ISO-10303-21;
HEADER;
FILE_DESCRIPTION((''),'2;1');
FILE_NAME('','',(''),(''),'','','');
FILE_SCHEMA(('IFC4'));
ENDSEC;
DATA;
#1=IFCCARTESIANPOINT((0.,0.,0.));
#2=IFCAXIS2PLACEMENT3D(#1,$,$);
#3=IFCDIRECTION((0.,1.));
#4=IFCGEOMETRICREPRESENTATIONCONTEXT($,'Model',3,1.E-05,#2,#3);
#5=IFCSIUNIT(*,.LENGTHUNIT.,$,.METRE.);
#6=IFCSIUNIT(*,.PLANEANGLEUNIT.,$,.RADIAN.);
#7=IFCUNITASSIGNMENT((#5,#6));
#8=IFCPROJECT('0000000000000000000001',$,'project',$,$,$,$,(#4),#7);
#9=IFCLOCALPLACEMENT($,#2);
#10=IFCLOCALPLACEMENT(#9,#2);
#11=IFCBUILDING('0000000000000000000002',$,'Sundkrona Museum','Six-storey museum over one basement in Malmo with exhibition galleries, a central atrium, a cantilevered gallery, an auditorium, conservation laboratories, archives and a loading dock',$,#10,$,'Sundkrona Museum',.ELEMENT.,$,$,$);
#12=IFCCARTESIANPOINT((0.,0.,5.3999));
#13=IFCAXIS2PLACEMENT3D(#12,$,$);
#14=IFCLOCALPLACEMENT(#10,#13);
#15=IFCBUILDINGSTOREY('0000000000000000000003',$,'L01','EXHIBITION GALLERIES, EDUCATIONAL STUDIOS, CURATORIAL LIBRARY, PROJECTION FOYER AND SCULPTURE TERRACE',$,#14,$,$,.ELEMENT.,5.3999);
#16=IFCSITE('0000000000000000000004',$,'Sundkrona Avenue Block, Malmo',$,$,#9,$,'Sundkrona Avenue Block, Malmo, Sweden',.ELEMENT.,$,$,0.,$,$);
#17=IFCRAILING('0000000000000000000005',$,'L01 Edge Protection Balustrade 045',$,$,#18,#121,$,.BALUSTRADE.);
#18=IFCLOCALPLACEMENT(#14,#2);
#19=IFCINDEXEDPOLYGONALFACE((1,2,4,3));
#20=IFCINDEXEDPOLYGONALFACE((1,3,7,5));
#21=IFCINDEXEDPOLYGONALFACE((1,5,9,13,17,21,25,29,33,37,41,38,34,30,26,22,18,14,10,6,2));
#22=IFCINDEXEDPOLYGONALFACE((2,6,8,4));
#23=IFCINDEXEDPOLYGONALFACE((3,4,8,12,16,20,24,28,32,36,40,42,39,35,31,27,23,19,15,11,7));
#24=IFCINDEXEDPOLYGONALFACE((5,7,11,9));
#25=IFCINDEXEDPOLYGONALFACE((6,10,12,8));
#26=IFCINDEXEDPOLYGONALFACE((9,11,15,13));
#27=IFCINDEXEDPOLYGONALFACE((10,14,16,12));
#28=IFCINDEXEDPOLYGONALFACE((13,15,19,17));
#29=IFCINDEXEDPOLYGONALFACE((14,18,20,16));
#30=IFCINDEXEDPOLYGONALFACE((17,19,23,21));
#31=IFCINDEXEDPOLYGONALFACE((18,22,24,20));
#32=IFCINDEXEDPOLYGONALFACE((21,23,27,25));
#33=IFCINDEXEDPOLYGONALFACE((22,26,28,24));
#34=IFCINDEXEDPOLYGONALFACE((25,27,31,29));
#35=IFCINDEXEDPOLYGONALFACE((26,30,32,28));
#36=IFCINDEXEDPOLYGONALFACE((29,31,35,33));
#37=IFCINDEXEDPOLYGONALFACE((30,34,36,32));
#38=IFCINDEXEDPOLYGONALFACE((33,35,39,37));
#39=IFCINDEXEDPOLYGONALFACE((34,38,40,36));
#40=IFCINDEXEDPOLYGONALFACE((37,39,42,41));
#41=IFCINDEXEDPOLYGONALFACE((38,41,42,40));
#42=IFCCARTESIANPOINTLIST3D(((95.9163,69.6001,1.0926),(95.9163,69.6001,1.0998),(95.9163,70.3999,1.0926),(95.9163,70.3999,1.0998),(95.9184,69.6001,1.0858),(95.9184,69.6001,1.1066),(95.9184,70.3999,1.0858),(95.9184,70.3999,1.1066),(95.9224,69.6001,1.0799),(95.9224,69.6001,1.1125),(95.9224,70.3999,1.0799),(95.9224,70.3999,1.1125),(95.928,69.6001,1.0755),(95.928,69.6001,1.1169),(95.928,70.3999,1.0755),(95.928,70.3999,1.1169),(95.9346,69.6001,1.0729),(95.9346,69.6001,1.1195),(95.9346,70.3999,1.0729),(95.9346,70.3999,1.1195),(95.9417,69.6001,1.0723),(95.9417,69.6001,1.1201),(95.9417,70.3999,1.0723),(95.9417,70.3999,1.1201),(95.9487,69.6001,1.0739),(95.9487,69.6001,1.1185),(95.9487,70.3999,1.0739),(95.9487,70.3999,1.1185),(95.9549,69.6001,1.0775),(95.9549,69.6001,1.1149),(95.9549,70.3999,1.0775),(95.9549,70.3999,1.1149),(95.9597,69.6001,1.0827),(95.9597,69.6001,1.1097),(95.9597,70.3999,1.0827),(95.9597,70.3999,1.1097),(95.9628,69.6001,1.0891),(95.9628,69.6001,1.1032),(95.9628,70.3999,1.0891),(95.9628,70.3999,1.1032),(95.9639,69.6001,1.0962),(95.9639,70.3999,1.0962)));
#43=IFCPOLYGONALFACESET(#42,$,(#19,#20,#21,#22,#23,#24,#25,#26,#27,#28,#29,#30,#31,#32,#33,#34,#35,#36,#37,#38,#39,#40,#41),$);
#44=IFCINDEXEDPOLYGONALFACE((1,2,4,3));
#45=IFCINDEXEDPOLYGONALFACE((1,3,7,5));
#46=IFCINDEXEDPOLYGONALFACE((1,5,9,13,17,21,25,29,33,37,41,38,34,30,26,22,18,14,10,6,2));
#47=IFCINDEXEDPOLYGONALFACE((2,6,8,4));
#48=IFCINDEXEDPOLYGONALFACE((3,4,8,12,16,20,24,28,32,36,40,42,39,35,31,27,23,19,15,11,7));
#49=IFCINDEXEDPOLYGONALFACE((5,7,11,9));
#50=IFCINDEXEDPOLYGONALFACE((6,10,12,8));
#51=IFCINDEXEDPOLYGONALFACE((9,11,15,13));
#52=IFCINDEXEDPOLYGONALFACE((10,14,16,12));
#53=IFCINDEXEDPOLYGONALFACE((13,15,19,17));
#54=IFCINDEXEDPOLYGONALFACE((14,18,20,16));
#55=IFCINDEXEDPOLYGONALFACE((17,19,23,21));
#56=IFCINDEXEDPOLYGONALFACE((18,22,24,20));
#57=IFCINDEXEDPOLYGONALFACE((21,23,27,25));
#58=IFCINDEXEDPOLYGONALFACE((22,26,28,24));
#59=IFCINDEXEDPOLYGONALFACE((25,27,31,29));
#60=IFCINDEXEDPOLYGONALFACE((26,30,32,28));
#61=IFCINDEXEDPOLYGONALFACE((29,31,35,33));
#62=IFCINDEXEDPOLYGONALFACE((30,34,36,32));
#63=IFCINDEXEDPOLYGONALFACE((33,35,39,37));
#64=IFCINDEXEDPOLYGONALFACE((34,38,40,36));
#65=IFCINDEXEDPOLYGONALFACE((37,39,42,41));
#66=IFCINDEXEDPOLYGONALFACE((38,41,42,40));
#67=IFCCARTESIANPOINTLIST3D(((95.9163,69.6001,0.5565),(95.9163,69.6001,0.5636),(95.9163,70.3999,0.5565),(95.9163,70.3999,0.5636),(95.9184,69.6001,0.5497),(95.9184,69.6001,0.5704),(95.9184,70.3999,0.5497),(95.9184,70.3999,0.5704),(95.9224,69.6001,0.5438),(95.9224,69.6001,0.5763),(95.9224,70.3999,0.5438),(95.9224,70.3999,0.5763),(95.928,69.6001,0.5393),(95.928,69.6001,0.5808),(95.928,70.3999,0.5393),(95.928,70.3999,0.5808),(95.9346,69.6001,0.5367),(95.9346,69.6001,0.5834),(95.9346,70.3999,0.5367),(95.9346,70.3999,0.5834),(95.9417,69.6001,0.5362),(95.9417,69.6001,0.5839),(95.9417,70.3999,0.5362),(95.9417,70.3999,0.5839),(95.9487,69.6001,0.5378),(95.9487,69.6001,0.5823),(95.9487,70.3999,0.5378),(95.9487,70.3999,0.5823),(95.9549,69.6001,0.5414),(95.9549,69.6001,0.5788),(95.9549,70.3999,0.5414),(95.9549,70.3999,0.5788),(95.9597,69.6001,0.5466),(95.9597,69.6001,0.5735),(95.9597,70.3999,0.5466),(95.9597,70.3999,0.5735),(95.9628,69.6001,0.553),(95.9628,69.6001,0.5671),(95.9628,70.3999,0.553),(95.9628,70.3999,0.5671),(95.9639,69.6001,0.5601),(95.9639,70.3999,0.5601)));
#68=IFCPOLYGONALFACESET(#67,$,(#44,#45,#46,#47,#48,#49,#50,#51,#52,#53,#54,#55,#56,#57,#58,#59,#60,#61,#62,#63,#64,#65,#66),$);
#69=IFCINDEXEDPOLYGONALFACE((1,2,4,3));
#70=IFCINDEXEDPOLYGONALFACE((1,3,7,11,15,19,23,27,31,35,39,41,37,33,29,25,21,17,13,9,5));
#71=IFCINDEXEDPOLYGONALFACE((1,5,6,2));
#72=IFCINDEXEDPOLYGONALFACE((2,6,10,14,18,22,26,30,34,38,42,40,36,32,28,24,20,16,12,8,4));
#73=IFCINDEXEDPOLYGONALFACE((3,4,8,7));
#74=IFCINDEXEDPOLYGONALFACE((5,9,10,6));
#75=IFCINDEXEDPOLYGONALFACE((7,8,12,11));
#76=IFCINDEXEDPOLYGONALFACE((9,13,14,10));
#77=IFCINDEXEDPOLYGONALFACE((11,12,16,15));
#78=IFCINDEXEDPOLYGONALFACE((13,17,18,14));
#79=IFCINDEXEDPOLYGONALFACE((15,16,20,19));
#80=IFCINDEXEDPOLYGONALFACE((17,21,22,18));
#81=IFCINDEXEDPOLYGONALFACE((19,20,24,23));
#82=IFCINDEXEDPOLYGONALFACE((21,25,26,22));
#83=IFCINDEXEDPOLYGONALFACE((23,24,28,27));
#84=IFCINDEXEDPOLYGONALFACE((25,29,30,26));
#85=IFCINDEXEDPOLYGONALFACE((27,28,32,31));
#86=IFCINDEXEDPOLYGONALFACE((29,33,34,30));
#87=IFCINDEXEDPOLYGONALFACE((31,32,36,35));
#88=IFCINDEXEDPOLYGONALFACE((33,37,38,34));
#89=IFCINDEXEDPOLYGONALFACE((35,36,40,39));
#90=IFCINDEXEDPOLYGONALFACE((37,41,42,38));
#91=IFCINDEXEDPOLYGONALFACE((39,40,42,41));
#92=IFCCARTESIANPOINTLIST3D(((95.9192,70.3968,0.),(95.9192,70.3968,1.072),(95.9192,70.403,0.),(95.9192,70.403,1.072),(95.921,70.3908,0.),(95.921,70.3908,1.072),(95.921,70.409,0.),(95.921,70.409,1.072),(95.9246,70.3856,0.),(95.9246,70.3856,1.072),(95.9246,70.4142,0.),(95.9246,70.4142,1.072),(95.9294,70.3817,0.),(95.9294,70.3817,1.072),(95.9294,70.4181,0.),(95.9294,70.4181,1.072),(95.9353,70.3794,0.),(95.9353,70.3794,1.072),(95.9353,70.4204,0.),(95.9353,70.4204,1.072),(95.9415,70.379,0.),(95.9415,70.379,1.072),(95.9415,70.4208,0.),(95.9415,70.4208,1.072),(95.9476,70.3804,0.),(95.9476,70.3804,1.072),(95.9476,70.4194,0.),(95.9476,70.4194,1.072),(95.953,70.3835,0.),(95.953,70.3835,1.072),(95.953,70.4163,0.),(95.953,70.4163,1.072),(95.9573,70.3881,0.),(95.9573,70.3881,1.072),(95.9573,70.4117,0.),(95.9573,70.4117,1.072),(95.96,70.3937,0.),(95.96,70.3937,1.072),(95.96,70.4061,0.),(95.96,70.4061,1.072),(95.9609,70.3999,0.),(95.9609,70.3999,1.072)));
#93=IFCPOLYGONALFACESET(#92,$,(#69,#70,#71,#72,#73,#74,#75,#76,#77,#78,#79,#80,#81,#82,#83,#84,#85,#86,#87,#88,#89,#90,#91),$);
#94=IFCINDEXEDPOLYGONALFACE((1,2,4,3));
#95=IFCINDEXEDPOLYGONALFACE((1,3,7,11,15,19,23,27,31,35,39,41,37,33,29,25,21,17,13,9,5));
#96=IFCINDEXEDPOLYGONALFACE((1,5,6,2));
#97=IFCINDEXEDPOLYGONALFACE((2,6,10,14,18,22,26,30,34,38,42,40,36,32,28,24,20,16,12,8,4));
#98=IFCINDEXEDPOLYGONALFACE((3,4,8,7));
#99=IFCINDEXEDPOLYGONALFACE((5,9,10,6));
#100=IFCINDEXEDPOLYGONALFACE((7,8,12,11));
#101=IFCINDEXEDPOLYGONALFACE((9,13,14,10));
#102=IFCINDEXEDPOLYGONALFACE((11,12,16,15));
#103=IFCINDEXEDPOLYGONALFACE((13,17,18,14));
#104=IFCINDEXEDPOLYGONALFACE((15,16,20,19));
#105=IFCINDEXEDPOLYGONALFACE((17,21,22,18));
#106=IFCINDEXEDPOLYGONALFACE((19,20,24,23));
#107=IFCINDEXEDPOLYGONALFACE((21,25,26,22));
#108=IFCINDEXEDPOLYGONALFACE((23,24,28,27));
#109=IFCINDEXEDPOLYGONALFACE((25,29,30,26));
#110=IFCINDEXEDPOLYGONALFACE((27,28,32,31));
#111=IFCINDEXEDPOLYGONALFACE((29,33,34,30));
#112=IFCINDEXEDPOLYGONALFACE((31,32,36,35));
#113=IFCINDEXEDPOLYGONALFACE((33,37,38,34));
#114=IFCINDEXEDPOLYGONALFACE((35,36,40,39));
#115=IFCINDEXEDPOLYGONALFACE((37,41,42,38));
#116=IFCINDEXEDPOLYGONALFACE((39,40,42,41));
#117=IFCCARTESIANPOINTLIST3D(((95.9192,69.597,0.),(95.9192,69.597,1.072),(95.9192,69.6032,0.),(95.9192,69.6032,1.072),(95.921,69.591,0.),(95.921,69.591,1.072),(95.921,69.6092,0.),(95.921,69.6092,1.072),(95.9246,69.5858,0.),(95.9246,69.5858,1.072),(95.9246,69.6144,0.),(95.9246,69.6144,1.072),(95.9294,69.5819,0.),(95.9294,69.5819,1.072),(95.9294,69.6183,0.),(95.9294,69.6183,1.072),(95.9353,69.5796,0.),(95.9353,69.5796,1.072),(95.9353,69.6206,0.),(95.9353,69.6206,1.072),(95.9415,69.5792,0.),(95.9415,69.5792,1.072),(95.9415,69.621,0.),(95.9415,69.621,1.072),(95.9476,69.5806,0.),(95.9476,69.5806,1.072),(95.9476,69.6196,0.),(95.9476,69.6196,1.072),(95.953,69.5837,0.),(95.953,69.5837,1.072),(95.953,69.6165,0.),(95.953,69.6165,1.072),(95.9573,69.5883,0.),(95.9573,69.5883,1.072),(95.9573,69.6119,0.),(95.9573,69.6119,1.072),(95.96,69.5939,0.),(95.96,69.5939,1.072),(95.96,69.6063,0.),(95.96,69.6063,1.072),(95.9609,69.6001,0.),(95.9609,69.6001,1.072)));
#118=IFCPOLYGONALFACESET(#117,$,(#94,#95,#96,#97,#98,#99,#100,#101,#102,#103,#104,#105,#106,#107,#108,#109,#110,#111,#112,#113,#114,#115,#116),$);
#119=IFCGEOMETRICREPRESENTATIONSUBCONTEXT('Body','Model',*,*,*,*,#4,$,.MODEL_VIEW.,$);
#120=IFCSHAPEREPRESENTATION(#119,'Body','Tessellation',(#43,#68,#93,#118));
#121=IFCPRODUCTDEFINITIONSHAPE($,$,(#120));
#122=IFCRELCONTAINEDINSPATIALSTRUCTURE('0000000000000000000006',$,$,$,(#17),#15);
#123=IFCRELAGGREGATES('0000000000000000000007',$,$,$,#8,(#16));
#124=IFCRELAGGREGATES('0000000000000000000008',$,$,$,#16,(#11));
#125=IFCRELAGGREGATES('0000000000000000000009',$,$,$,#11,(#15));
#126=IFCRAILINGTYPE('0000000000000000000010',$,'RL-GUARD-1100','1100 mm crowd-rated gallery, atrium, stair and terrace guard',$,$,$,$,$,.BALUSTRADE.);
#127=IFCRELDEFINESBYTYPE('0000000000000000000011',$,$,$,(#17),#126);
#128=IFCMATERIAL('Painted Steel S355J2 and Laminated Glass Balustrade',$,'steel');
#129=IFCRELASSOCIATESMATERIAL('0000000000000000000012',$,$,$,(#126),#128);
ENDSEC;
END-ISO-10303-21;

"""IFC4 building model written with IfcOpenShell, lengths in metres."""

from ifc_helpers import new_model, si_unit, direction, frame, origin, origin_2d, place, context, subcontext, project, spatial, circle, extrude, material, type_object, element, save


model = new_model("IFC4")

# Units and contexts
model_context = context("Model", 3, precision=1e-05, world=origin(), true_north=direction((0.0, 1.0)))
body_context = subcontext(model_context, "Body", "Model", "MODEL_VIEW")
ifc_project = project(units=[si_unit("LENGTHUNIT", "METRE"), si_unit("PLANEANGLEUNIT", "RADIAN")], contexts=[model_context])

# Site, building, storey
site_placement = place(None, origin())
site = spatial("IfcSite", under=ifc_project, at=site_placement, Name="Sundkrona Avenue Block, Malmo", LongName="Sundkrona Avenue Block, Malmo, Sweden", CompositionType="ELEMENT", RefElevation=0.0)
building_placement = place(site_placement, origin())
building = spatial("IfcBuilding", under=site, at=building_placement, Name="Sundkrona Museum", Description="Six-storey museum over one basement in Malmo with exhibition galleries, a central atrium, a cantilevered gallery, an auditorium, conservation laboratories, archives and a loading dock", LongName="Sundkrona Museum", CompositionType="ELEMENT")
storey_placement = place(building_placement, frame((0.0, 0.0, 5.3999)))
storey = spatial("IfcBuildingStorey", under=building, at=storey_placement, Name="L01", Description="EXHIBITION GALLERIES, EDUCATIONAL STUDIOS, CURATORIAL LIBRARY, PROJECTION FOYER AND SCULPTURE TERRACE", CompositionType="ELEMENT", Elevation=5.3999)

# Railing
ifc_material_1 = material(Name="Painted Steel S355J2 and Laminated Glass Balustrade", Category="steel")
railing_type = type_object("IfcRailingType", Name="RL-GUARD-1100", Description="1100 mm crowd-rated gallery, atrium, stair and terrace guard", PredefinedType="BALUSTRADE", material=ifc_material_1)
for number, where, name in (
    (1, (95.9399, 70.3999, 0.0), "L01 Edge Protection Balustrade 045"),
):
    element("IfcRailing", number, at=place(storey_placement, frame(where)), inside=storey, type_object=railing_type, Name=name, PredefinedType="BALUSTRADE", context=body_context, shape_type="SweptSolid", body=[
        extrude(circle(Radius=0.0239, at=origin_2d()), frame((0.0, 0.0, 1.0962), z_axis=(0.0, -1.0, 0.0), x_axis=(1.0, 0.0, 0.0)), (0.0, 0.0, 1.0), 0.7998),
        extrude(circle(Radius=0.0239, at=origin_2d()), frame((0.0, 0.0, 0.5601), z_axis=(0.0, -1.0, 0.0), x_axis=(1.0, 0.0, 0.0)), (0.0, 0.0, 1.0), 0.7998),
        extrude(circle(Radius=0.021, at=origin_2d()), origin(), (0.0, 0.0, 1.0), 1.072),
        extrude(circle(Radius=0.021, at=origin_2d()), frame((0.0, -0.7998, 0.0)), (0.0, 0.0, 1.0), 1.072),
    ])

save(model, "model.ifc")
